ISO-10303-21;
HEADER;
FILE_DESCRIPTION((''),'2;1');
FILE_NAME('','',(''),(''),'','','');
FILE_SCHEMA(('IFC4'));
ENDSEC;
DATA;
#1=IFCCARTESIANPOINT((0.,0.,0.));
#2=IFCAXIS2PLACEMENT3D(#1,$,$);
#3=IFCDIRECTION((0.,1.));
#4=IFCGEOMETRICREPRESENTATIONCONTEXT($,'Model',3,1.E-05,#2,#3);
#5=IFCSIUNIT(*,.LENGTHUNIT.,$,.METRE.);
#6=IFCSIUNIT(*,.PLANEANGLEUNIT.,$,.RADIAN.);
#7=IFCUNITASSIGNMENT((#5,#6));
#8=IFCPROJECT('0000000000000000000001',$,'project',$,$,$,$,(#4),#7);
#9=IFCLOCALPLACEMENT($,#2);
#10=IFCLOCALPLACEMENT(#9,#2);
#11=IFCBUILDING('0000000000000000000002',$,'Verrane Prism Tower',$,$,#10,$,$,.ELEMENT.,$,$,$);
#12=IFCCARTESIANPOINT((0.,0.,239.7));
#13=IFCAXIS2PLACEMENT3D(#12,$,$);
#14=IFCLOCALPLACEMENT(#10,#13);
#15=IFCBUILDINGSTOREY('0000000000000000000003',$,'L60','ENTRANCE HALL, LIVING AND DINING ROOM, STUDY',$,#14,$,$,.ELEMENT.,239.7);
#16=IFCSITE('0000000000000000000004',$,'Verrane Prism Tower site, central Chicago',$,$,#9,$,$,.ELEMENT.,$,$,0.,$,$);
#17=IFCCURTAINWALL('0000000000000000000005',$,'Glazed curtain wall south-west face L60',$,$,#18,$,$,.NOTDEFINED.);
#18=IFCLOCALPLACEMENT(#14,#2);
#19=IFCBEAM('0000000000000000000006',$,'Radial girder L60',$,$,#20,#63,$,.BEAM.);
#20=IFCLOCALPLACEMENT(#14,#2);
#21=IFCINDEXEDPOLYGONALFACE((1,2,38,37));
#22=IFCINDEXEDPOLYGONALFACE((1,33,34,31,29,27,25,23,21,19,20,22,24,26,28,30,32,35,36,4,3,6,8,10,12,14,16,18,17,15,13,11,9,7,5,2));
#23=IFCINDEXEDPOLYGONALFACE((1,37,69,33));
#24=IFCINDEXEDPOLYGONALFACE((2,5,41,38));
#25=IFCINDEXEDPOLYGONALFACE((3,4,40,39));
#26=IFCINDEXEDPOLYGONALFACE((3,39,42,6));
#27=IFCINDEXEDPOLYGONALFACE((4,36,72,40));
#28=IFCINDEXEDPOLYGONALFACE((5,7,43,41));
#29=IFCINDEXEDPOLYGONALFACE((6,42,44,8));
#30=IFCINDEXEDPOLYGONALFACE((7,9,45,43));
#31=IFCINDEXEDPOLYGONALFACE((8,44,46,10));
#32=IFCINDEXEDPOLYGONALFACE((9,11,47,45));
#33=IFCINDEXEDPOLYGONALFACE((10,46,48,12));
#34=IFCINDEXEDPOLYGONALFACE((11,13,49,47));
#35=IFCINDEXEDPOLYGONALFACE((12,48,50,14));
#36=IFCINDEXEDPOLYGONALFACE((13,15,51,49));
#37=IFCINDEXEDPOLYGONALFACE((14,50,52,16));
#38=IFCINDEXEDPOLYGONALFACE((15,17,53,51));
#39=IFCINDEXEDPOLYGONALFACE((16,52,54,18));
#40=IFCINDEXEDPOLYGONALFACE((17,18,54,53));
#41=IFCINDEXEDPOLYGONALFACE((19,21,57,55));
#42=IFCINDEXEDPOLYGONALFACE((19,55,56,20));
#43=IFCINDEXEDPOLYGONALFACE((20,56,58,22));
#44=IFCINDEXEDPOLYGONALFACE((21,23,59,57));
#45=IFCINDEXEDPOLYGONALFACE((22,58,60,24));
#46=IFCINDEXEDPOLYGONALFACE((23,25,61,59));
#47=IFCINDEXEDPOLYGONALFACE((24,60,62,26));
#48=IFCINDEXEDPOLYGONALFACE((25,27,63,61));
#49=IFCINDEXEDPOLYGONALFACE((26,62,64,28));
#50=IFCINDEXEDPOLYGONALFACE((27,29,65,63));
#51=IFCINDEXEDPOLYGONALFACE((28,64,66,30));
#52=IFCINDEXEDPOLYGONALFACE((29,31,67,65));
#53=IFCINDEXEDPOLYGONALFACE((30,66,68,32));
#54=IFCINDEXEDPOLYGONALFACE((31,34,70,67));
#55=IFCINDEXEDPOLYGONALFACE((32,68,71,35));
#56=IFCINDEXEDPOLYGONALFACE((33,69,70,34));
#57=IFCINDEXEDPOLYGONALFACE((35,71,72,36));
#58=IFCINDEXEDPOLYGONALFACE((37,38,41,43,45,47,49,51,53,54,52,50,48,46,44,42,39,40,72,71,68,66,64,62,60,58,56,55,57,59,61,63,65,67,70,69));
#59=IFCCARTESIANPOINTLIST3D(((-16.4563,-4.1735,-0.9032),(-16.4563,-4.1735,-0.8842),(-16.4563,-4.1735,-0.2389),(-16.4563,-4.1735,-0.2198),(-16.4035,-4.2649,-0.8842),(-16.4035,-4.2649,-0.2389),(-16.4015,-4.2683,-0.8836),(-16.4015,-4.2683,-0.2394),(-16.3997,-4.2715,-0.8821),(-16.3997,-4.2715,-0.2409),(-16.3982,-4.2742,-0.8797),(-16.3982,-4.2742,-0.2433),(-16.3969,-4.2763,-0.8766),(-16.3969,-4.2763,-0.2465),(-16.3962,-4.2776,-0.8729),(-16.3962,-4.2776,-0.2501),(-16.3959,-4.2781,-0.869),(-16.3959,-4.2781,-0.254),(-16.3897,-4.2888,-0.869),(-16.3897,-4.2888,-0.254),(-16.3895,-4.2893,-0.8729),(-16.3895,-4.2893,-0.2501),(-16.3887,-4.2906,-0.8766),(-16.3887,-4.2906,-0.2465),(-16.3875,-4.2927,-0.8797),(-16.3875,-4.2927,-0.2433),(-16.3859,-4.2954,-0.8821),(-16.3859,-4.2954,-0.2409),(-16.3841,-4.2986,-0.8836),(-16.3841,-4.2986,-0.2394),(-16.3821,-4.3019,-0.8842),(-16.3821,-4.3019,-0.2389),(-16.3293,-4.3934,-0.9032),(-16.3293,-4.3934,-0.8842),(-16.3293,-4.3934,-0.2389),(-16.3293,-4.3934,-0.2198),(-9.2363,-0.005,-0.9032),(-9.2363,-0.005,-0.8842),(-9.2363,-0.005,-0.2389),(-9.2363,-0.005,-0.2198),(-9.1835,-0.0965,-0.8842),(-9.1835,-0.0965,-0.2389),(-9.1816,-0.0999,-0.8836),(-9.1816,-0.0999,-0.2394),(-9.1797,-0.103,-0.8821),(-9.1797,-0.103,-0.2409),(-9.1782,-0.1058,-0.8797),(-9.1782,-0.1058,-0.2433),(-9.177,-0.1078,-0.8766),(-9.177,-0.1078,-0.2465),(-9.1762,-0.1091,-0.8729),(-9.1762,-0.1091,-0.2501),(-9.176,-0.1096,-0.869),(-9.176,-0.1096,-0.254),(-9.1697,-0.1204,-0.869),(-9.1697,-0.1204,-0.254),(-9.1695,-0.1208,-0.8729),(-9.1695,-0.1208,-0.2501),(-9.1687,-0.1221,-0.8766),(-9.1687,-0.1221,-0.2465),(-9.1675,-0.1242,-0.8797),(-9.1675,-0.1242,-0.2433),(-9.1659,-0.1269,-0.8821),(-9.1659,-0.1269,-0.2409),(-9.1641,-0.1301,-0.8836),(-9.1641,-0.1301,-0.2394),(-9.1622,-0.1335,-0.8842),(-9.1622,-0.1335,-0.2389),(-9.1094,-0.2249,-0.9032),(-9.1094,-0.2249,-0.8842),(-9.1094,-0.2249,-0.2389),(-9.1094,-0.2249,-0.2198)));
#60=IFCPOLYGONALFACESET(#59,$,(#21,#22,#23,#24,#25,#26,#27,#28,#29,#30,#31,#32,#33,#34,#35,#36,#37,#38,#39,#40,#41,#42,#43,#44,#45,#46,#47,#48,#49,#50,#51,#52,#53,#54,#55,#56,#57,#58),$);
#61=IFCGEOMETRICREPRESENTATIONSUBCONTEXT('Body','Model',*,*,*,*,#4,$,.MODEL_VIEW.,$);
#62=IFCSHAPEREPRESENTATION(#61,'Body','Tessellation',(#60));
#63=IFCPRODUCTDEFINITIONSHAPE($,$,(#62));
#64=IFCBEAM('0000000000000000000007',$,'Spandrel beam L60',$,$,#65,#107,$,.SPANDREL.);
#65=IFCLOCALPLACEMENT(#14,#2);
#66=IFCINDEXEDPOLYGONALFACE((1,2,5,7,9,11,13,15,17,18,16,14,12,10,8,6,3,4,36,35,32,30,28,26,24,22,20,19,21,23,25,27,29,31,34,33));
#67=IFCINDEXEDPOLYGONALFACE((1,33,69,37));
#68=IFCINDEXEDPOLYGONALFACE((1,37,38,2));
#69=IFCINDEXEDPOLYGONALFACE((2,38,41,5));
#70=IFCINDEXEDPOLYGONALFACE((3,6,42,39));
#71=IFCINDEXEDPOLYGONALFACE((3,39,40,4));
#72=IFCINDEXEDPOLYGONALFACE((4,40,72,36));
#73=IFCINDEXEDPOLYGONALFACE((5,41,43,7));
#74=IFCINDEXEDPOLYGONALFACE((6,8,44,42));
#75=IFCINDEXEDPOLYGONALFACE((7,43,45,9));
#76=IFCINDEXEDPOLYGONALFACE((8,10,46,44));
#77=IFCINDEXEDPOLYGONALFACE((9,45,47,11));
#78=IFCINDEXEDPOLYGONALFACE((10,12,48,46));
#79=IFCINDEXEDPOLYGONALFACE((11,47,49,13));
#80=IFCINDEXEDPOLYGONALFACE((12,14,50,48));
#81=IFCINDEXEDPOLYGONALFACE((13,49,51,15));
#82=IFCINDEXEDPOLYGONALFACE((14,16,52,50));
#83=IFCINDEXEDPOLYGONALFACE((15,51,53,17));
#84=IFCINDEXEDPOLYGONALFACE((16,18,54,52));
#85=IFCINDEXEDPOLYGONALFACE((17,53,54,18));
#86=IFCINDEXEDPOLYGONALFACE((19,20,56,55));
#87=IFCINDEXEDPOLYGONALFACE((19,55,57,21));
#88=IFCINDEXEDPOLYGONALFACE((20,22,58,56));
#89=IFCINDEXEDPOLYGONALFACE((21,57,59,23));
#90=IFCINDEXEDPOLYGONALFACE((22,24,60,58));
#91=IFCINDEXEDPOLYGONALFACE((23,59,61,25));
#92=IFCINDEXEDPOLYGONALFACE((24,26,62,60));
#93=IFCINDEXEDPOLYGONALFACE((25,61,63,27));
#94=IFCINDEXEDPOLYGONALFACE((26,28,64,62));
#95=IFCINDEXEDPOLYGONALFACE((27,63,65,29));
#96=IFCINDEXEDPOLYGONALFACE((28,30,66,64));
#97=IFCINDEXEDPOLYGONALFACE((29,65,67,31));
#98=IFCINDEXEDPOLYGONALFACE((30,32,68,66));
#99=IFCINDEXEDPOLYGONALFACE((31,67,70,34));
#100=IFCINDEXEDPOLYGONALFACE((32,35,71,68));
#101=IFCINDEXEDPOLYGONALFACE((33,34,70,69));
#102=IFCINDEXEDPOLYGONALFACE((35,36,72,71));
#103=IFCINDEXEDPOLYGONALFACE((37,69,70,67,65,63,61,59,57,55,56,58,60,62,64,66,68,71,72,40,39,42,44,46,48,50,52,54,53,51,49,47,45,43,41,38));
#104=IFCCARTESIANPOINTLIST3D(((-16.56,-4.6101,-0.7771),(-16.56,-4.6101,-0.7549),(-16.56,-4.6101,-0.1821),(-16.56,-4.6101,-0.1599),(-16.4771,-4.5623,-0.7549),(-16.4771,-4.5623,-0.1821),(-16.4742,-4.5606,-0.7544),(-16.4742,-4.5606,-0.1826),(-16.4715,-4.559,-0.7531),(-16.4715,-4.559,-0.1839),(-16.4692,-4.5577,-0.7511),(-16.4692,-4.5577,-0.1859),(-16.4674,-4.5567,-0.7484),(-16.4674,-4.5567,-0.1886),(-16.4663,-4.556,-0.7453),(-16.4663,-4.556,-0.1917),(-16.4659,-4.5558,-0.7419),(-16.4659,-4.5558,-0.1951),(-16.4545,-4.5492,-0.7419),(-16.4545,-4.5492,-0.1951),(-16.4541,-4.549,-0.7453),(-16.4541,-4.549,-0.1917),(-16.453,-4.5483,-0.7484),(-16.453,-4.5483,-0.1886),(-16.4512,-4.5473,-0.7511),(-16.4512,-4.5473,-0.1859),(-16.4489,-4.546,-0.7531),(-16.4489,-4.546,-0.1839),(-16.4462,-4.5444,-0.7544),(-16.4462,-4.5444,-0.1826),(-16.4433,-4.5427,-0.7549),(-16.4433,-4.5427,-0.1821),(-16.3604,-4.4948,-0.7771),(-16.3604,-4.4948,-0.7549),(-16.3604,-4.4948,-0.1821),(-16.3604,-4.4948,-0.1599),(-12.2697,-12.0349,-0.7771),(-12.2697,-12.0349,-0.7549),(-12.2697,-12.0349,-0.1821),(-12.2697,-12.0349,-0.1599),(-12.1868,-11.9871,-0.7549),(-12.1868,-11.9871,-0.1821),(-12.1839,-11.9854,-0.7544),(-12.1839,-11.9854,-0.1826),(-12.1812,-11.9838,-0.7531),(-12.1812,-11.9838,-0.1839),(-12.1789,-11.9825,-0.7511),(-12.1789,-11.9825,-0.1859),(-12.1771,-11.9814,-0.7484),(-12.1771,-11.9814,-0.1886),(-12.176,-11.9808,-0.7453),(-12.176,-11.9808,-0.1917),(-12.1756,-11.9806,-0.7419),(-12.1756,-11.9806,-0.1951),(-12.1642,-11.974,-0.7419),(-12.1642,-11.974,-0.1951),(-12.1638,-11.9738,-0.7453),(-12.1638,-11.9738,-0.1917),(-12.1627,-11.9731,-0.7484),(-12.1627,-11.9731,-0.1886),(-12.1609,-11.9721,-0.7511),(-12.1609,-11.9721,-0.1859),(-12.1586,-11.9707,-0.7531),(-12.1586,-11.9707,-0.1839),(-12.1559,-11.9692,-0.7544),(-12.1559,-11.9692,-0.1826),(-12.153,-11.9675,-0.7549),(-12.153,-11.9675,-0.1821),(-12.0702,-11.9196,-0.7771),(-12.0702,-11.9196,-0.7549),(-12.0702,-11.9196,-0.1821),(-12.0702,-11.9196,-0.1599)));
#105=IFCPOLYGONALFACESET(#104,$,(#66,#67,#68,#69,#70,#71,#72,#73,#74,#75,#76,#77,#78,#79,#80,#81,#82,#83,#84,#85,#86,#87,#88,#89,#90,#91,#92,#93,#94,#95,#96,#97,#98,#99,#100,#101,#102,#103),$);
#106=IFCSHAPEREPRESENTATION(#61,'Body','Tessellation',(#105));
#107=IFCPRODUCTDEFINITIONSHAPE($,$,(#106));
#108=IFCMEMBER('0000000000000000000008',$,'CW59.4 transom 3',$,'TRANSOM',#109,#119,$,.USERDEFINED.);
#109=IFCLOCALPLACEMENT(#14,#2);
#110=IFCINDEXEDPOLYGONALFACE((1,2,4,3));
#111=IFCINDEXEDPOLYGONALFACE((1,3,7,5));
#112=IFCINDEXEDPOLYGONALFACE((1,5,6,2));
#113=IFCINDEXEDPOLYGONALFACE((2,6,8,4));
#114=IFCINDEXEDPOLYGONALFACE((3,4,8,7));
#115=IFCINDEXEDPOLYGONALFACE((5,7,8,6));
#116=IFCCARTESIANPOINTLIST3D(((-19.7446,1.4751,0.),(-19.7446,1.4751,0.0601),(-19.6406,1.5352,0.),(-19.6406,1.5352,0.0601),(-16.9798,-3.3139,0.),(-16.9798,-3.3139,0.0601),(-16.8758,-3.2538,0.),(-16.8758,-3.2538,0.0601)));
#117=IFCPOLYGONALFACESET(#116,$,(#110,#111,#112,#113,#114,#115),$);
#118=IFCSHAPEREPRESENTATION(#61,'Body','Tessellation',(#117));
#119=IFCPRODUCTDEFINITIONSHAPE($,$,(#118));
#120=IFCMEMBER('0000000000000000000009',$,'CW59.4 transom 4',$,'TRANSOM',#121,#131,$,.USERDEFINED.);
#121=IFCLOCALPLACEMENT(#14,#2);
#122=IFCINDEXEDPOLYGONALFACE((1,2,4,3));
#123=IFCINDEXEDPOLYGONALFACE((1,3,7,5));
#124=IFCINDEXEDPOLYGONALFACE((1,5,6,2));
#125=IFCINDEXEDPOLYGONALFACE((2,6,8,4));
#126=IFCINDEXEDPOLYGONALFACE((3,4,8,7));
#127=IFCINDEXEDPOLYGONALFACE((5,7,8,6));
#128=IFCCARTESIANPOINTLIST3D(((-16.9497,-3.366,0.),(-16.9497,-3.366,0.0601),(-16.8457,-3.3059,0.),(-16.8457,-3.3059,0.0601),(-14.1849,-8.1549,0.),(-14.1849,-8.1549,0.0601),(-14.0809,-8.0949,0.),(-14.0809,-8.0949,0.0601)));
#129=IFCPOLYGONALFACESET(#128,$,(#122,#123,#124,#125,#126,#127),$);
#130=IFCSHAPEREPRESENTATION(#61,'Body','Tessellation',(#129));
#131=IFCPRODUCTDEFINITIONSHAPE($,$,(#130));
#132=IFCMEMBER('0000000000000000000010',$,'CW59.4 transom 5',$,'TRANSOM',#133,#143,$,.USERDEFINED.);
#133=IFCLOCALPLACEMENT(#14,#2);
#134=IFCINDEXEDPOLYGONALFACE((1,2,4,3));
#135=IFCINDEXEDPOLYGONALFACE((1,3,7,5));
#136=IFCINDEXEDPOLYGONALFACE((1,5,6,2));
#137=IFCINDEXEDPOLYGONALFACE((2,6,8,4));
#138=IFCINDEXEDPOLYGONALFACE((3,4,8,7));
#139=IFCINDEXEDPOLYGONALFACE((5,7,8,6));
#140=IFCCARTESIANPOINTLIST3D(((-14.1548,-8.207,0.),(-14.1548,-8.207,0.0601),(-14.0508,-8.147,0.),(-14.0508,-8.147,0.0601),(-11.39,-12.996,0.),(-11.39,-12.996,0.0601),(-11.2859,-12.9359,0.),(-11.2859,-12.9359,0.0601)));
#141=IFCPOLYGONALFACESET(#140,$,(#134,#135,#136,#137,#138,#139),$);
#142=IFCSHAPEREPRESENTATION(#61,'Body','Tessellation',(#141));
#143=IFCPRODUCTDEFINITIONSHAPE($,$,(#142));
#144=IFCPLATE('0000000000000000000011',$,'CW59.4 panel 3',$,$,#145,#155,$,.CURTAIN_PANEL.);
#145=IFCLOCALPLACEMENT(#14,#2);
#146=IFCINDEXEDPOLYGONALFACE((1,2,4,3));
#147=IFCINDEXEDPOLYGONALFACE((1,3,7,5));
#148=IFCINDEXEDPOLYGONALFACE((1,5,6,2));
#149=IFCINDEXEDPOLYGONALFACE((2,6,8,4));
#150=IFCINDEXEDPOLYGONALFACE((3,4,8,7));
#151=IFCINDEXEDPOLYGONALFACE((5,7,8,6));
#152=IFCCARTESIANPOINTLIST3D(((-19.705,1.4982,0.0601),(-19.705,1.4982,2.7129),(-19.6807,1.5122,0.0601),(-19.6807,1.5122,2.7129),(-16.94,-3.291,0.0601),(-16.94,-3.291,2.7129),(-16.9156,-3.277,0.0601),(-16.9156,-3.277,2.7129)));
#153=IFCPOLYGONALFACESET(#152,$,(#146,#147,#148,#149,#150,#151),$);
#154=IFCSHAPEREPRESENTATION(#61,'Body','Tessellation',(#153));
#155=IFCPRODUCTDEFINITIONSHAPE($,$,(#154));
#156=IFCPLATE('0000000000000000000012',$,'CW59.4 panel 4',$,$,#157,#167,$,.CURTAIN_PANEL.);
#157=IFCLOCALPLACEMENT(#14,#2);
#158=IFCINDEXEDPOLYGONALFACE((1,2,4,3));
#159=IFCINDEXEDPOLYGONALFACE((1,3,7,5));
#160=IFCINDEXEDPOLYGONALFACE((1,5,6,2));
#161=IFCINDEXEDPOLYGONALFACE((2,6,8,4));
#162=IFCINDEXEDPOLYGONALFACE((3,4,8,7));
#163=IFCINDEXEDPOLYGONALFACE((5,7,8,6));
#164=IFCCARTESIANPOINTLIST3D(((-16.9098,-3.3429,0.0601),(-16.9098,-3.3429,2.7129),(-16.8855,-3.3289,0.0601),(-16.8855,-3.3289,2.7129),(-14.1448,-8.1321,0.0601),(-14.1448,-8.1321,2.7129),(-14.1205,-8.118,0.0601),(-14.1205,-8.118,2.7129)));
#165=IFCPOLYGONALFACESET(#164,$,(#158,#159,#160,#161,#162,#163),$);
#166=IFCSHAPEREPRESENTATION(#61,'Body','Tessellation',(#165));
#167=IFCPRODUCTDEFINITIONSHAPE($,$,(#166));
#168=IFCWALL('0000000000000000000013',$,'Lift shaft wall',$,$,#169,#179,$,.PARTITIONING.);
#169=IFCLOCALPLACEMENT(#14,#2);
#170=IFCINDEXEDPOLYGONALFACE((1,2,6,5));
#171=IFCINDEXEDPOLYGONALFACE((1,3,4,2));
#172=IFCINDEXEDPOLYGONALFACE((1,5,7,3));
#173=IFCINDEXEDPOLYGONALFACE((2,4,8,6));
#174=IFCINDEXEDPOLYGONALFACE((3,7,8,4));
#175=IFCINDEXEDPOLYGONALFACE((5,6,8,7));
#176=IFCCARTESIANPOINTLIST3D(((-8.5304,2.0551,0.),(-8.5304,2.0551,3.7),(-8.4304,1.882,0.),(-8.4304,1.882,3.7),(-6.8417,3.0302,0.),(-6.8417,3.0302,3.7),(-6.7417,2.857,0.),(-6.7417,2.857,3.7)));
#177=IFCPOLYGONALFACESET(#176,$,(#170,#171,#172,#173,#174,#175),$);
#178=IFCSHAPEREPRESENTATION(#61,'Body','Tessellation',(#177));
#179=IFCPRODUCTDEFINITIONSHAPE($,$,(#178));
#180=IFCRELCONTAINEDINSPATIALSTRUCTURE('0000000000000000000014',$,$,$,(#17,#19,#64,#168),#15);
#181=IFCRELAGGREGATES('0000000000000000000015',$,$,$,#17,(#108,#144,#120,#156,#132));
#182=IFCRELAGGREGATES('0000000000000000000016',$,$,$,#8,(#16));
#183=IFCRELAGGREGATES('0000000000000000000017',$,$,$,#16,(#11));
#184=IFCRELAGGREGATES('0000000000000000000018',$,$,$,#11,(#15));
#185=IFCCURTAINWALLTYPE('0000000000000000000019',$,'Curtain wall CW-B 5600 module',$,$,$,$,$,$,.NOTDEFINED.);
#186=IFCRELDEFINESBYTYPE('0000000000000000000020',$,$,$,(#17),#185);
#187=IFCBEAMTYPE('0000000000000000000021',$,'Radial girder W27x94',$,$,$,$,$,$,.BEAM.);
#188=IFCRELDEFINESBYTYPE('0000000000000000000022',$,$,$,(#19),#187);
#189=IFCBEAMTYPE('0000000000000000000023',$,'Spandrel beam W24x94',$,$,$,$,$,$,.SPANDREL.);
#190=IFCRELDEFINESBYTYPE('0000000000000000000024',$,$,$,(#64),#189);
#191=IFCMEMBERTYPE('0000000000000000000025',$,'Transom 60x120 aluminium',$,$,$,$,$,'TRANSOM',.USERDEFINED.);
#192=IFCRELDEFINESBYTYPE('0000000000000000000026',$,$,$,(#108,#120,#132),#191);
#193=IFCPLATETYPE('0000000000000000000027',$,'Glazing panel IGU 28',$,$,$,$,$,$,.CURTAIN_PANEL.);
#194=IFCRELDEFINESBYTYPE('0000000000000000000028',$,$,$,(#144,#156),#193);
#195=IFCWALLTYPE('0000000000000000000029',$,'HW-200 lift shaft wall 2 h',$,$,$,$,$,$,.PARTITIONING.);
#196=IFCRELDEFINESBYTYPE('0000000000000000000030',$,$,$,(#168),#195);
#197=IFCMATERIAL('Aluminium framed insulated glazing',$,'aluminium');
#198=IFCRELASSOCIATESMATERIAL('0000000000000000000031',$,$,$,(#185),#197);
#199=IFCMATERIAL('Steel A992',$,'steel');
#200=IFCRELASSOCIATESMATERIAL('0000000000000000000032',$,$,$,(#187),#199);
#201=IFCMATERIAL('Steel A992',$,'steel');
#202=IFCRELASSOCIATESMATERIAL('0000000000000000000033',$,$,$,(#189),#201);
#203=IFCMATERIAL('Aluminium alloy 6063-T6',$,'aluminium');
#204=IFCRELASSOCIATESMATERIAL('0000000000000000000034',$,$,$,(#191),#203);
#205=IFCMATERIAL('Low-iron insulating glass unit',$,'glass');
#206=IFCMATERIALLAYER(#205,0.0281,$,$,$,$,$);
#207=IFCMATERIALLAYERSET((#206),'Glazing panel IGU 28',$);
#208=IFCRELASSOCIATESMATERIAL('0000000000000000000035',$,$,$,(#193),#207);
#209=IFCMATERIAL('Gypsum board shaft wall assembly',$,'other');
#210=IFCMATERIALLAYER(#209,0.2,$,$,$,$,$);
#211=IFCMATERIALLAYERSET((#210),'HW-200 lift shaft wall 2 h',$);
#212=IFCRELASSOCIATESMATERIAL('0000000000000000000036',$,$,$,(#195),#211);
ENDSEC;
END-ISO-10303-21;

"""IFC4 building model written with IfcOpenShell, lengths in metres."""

from ifc_helpers import new_model, si_unit, direction, frame, frame_2d, origin, origin_2d, place, context, subcontext, project, spatial, rectangle, i_section, extrude, material, layer, layer_set, material_profile, profile_set, type_object, element, aggregate, save


model = new_model("IFC4")

# Units and contexts
model_context = context("Model", 3, precision=1e-05, world=origin(), true_north=direction((0.0, 1.0)))
body_context = subcontext(model_context, "Body", "Model", "MODEL_VIEW")
ifc_project = project(units=[si_unit("LENGTHUNIT", "METRE"), si_unit("PLANEANGLEUNIT", "RADIAN")], contexts=[model_context])

# Site, building, storey
site_placement = place(None, origin())
site = spatial("IfcSite", under=ifc_project, at=site_placement, Name="Verrane Prism Tower site, central Chicago", CompositionType="ELEMENT", RefElevation=0.0)
building_placement = place(site_placement, origin())
building = spatial("IfcBuilding", under=site, at=building_placement, Name="Verrane Prism Tower", CompositionType="ELEMENT")
storey_placement = place(building_placement, frame((0.0, 0.0, 239.7)))
storey = spatial("IfcBuildingStorey", under=building, at=storey_placement, Name="L60", Description="ENTRANCE HALL, LIVING AND DINING ROOM, STUDY", CompositionType="ELEMENT", Elevation=239.7)

# Curtain wall
ifc_material_1 = material(Name="Aluminium framed insulated glazing", Category="aluminium")
curtain_wall_type = type_object("IfcCurtainWallType", Name="Curtain wall CW-B 5600 module", PredefinedType="NOTDEFINED", material=ifc_material_1)
curtain_wall_placement = place(storey_placement, origin())
curtain_wall = element("IfcCurtainWall", 1, at=curtain_wall_placement, inside=storey, type_object=curtain_wall_type, Name="Glazed curtain wall south-west face L60", PredefinedType="NOTDEFINED")

# Beams
ifc_material_2 = material(Name="Steel A992", Category="steel")
ifc_material_profile_1 = material_profile(ifc_material_2, i_section(OverallWidth=0.2539, OverallDepth=0.6833, WebThickness=0.0125, FlangeThickness=0.019, FilletRadius=0.0151, at=origin_2d()), Name="W27x94")
ifc_profile_set_1 = profile_set([ifc_material_profile_1], Name="Steel A992")
beam_type_1 = type_object("IfcBeamType", Name="Radial girder W27x94", PredefinedType="BEAM", material=ifc_profile_set_1)
beam_1_placement = place(storey_placement, frame((-16.3928, -4.2834, -0.5615), z_axis=(0.866025, 0.5, 0.0), x_axis=(-0.5, 0.866025, 0.0)))
element("IfcBeam", 2, at=beam_1_placement, inside=storey, type_object=beam_type_1, Name="Radial girder L60", PredefinedType="BEAM", context=body_context, shape_type="SweptSolid", body=[
    extrude(i_section(OverallWidth=0.2539, OverallDepth=0.6833, WebThickness=0.0125, FlangeThickness=0.019, FilletRadius=0.0151, at=origin_2d()), origin(), (0.0, 0.0, 1.0), 8.3369),
])
ifc_material_3 = material(Name="Steel A992", Category="steel")
ifc_material_profile_2 = material_profile(ifc_material_3, i_section(OverallWidth=0.2305, OverallDepth=0.6172, WebThickness=0.0132, FlangeThickness=0.0222, FilletRadius=0.0129, at=origin_2d()), Name="W24x94")
ifc_profile_set_2 = profile_set([ifc_material_profile_2], Name="Steel A992")
beam_type_2 = type_object("IfcBeamType", Name="Spandrel beam W24x94", PredefinedType="SPANDREL", material=ifc_profile_set_2)
beam_2_placement = place(storey_placement, frame((-16.4602, -4.5525, -0.4685), z_axis=(0.500312, -0.865845, 0.0), x_axis=(0.865845, 0.500312, 0.0)))
element("IfcBeam", 3, at=beam_2_placement, inside=storey, type_object=beam_type_2, Name="Spandrel beam L60", PredefinedType="SPANDREL", context=body_context, shape_type="SweptSolid", body=[
    extrude(i_section(OverallWidth=0.2305, OverallDepth=0.6172, WebThickness=0.0132, FlangeThickness=0.0222, FilletRadius=0.0129, at=origin_2d()), origin(), (0.0, 0.0, 1.0), 8.5752),
])

# Members
ifc_material_4 = material(Name="Aluminium alloy 6063-T6", Category="aluminium")
ifc_material_profile_3 = material_profile(ifc_material_4, rectangle(XDim=0.1201, YDim=0.0601, at=origin_2d()), Name="Transom 60x120 aluminium")
ifc_profile_set_3 = profile_set([ifc_material_profile_3], Name="Aluminium alloy 6063-T6")
member_type_1 = type_object("IfcMemberType", Name="Transom 60x120 aluminium", ElementType="TRANSOM", PredefinedType="USERDEFINED", material=ifc_profile_set_3)
member_1_placement = place(storey_placement, frame((-19.6926, 1.5051, 0.03), z_axis=(0.49999, -0.866031, 0.0), x_axis=(0.866031, 0.49999, 0.0)))
member_1 = element("IfcMember", 4, at=member_1_placement, type_object=member_type_1, Name="CW59.4 transom 3", ObjectType="TRANSOM", PredefinedType="USERDEFINED", context=body_context, shape_type="SweptSolid", body=[
    extrude(rectangle(XDim=0.1201, YDim=0.0601, at=origin_2d()), origin(), (0.0, 0.0, 1.0), 5.5298),
])
member_2_placement = place(storey_placement, frame((-16.8977, -3.3359, 0.03), z_axis=(0.49999, -0.866031, 0.0), x_axis=(0.866031, 0.49999, 0.0)))
member_2 = element("IfcMember", 5, at=member_2_placement, type_object=member_type_1, Name="CW59.4 transom 4", ObjectType="TRANSOM", PredefinedType="USERDEFINED", context=body_context, shape_type="SweptSolid", body=[
    extrude(rectangle(XDim=0.1201, YDim=0.0601, at=origin_2d()), origin(), (0.0, 0.0, 1.0), 5.5298),
])
member_3_placement = place(storey_placement, frame((-14.1028, -8.177, 0.03), z_axis=(0.49999, -0.866031, 0.0), x_axis=(0.866031, 0.49999, 0.0)))
member_3 = element("IfcMember", 6, at=member_3_placement, type_object=member_type_1, Name="CW59.4 transom 5", ObjectType="TRANSOM", PredefinedType="USERDEFINED", context=body_context, shape_type="SweptSolid", body=[
    extrude(rectangle(XDim=0.1201, YDim=0.0601, at=origin_2d()), origin(), (0.0, 0.0, 1.0), 5.5298),
])

# Plates
ifc_material_5 = material(Name="Low-iron insulating glass unit", Category="glass")
ifc_layer_1 = layer(ifc_material_5, 0.0281)
ifc_layer_set_1 = layer_set([ifc_layer_1], Name="Glazing panel IGU 28")
plate_type = type_object("IfcPlateType", Name="Glazing panel IGU 28", PredefinedType="CURTAIN_PANEL", material=ifc_layer_set_1)
plate_1_placement = place(storey_placement, frame((-18.3103, -0.8894, 0.0601), z_axis=(0.0, 0.0, 1.0), x_axis=(0.499999, -0.866026, 0.0)))
plate_1 = element("IfcPlate", 7, at=plate_1_placement, type_object=plate_type, Name="CW59.4 panel 3", PredefinedType="CURTAIN_PANEL", context=body_context, shape_type="SweptSolid", body=[
    extrude(rectangle(XDim=5.53, YDim=0.0281, at=origin_2d()), origin(), (0.0, 0.0, 1.0), 2.6528),
])
plate_2_placement = place(storey_placement, frame((-15.5151, -5.7305, 0.0601), z_axis=(0.0, 0.0, 1.0), x_axis=(0.499999, -0.866026, 0.0)))
plate_2 = element("IfcPlate", 8, at=plate_2_placement, type_object=plate_type, Name="CW59.4 panel 4", PredefinedType="CURTAIN_PANEL", context=body_context, shape_type="SweptSolid", body=[
    extrude(rectangle(XDim=5.53, YDim=0.0281, at=origin_2d()), origin(), (0.0, 0.0, 1.0), 2.6528),
])
aggregate(curtain_wall, [member_1, plate_1, member_2, plate_2, member_3])

# Wall
ifc_material_6 = material(Name="Gypsum board shaft wall assembly", Category="other")
ifc_layer_2 = layer(ifc_material_6, 0.2)
ifc_layer_set_2 = layer_set([ifc_layer_2], Name="HW-200 lift shaft wall 2 h")
wall_type_1 = type_object("IfcWallType", Name="HW-200 lift shaft wall 2 h", PredefinedType="PARTITIONING", material=ifc_layer_set_2)
wall_1_placement = place(storey_placement, frame((-8.4805, 1.9685, 0.0), z_axis=(0.0, 0.0, 1.0), x_axis=(0.866, 0.500044, 0.0)))
element("IfcWall", 9, at=wall_1_placement, inside=storey, type_object=wall_type_1, Name="Lift shaft wall", PredefinedType="PARTITIONING", context=body_context, shape_type="SweptSolid", body=[
    extrude(rectangle(XDim=1.95, YDim=0.2, at=frame_2d((0.9751, 0.0))), origin(), (0.0, 0.0, 1.0), 3.7),
])

save(model, "model.ifc")
